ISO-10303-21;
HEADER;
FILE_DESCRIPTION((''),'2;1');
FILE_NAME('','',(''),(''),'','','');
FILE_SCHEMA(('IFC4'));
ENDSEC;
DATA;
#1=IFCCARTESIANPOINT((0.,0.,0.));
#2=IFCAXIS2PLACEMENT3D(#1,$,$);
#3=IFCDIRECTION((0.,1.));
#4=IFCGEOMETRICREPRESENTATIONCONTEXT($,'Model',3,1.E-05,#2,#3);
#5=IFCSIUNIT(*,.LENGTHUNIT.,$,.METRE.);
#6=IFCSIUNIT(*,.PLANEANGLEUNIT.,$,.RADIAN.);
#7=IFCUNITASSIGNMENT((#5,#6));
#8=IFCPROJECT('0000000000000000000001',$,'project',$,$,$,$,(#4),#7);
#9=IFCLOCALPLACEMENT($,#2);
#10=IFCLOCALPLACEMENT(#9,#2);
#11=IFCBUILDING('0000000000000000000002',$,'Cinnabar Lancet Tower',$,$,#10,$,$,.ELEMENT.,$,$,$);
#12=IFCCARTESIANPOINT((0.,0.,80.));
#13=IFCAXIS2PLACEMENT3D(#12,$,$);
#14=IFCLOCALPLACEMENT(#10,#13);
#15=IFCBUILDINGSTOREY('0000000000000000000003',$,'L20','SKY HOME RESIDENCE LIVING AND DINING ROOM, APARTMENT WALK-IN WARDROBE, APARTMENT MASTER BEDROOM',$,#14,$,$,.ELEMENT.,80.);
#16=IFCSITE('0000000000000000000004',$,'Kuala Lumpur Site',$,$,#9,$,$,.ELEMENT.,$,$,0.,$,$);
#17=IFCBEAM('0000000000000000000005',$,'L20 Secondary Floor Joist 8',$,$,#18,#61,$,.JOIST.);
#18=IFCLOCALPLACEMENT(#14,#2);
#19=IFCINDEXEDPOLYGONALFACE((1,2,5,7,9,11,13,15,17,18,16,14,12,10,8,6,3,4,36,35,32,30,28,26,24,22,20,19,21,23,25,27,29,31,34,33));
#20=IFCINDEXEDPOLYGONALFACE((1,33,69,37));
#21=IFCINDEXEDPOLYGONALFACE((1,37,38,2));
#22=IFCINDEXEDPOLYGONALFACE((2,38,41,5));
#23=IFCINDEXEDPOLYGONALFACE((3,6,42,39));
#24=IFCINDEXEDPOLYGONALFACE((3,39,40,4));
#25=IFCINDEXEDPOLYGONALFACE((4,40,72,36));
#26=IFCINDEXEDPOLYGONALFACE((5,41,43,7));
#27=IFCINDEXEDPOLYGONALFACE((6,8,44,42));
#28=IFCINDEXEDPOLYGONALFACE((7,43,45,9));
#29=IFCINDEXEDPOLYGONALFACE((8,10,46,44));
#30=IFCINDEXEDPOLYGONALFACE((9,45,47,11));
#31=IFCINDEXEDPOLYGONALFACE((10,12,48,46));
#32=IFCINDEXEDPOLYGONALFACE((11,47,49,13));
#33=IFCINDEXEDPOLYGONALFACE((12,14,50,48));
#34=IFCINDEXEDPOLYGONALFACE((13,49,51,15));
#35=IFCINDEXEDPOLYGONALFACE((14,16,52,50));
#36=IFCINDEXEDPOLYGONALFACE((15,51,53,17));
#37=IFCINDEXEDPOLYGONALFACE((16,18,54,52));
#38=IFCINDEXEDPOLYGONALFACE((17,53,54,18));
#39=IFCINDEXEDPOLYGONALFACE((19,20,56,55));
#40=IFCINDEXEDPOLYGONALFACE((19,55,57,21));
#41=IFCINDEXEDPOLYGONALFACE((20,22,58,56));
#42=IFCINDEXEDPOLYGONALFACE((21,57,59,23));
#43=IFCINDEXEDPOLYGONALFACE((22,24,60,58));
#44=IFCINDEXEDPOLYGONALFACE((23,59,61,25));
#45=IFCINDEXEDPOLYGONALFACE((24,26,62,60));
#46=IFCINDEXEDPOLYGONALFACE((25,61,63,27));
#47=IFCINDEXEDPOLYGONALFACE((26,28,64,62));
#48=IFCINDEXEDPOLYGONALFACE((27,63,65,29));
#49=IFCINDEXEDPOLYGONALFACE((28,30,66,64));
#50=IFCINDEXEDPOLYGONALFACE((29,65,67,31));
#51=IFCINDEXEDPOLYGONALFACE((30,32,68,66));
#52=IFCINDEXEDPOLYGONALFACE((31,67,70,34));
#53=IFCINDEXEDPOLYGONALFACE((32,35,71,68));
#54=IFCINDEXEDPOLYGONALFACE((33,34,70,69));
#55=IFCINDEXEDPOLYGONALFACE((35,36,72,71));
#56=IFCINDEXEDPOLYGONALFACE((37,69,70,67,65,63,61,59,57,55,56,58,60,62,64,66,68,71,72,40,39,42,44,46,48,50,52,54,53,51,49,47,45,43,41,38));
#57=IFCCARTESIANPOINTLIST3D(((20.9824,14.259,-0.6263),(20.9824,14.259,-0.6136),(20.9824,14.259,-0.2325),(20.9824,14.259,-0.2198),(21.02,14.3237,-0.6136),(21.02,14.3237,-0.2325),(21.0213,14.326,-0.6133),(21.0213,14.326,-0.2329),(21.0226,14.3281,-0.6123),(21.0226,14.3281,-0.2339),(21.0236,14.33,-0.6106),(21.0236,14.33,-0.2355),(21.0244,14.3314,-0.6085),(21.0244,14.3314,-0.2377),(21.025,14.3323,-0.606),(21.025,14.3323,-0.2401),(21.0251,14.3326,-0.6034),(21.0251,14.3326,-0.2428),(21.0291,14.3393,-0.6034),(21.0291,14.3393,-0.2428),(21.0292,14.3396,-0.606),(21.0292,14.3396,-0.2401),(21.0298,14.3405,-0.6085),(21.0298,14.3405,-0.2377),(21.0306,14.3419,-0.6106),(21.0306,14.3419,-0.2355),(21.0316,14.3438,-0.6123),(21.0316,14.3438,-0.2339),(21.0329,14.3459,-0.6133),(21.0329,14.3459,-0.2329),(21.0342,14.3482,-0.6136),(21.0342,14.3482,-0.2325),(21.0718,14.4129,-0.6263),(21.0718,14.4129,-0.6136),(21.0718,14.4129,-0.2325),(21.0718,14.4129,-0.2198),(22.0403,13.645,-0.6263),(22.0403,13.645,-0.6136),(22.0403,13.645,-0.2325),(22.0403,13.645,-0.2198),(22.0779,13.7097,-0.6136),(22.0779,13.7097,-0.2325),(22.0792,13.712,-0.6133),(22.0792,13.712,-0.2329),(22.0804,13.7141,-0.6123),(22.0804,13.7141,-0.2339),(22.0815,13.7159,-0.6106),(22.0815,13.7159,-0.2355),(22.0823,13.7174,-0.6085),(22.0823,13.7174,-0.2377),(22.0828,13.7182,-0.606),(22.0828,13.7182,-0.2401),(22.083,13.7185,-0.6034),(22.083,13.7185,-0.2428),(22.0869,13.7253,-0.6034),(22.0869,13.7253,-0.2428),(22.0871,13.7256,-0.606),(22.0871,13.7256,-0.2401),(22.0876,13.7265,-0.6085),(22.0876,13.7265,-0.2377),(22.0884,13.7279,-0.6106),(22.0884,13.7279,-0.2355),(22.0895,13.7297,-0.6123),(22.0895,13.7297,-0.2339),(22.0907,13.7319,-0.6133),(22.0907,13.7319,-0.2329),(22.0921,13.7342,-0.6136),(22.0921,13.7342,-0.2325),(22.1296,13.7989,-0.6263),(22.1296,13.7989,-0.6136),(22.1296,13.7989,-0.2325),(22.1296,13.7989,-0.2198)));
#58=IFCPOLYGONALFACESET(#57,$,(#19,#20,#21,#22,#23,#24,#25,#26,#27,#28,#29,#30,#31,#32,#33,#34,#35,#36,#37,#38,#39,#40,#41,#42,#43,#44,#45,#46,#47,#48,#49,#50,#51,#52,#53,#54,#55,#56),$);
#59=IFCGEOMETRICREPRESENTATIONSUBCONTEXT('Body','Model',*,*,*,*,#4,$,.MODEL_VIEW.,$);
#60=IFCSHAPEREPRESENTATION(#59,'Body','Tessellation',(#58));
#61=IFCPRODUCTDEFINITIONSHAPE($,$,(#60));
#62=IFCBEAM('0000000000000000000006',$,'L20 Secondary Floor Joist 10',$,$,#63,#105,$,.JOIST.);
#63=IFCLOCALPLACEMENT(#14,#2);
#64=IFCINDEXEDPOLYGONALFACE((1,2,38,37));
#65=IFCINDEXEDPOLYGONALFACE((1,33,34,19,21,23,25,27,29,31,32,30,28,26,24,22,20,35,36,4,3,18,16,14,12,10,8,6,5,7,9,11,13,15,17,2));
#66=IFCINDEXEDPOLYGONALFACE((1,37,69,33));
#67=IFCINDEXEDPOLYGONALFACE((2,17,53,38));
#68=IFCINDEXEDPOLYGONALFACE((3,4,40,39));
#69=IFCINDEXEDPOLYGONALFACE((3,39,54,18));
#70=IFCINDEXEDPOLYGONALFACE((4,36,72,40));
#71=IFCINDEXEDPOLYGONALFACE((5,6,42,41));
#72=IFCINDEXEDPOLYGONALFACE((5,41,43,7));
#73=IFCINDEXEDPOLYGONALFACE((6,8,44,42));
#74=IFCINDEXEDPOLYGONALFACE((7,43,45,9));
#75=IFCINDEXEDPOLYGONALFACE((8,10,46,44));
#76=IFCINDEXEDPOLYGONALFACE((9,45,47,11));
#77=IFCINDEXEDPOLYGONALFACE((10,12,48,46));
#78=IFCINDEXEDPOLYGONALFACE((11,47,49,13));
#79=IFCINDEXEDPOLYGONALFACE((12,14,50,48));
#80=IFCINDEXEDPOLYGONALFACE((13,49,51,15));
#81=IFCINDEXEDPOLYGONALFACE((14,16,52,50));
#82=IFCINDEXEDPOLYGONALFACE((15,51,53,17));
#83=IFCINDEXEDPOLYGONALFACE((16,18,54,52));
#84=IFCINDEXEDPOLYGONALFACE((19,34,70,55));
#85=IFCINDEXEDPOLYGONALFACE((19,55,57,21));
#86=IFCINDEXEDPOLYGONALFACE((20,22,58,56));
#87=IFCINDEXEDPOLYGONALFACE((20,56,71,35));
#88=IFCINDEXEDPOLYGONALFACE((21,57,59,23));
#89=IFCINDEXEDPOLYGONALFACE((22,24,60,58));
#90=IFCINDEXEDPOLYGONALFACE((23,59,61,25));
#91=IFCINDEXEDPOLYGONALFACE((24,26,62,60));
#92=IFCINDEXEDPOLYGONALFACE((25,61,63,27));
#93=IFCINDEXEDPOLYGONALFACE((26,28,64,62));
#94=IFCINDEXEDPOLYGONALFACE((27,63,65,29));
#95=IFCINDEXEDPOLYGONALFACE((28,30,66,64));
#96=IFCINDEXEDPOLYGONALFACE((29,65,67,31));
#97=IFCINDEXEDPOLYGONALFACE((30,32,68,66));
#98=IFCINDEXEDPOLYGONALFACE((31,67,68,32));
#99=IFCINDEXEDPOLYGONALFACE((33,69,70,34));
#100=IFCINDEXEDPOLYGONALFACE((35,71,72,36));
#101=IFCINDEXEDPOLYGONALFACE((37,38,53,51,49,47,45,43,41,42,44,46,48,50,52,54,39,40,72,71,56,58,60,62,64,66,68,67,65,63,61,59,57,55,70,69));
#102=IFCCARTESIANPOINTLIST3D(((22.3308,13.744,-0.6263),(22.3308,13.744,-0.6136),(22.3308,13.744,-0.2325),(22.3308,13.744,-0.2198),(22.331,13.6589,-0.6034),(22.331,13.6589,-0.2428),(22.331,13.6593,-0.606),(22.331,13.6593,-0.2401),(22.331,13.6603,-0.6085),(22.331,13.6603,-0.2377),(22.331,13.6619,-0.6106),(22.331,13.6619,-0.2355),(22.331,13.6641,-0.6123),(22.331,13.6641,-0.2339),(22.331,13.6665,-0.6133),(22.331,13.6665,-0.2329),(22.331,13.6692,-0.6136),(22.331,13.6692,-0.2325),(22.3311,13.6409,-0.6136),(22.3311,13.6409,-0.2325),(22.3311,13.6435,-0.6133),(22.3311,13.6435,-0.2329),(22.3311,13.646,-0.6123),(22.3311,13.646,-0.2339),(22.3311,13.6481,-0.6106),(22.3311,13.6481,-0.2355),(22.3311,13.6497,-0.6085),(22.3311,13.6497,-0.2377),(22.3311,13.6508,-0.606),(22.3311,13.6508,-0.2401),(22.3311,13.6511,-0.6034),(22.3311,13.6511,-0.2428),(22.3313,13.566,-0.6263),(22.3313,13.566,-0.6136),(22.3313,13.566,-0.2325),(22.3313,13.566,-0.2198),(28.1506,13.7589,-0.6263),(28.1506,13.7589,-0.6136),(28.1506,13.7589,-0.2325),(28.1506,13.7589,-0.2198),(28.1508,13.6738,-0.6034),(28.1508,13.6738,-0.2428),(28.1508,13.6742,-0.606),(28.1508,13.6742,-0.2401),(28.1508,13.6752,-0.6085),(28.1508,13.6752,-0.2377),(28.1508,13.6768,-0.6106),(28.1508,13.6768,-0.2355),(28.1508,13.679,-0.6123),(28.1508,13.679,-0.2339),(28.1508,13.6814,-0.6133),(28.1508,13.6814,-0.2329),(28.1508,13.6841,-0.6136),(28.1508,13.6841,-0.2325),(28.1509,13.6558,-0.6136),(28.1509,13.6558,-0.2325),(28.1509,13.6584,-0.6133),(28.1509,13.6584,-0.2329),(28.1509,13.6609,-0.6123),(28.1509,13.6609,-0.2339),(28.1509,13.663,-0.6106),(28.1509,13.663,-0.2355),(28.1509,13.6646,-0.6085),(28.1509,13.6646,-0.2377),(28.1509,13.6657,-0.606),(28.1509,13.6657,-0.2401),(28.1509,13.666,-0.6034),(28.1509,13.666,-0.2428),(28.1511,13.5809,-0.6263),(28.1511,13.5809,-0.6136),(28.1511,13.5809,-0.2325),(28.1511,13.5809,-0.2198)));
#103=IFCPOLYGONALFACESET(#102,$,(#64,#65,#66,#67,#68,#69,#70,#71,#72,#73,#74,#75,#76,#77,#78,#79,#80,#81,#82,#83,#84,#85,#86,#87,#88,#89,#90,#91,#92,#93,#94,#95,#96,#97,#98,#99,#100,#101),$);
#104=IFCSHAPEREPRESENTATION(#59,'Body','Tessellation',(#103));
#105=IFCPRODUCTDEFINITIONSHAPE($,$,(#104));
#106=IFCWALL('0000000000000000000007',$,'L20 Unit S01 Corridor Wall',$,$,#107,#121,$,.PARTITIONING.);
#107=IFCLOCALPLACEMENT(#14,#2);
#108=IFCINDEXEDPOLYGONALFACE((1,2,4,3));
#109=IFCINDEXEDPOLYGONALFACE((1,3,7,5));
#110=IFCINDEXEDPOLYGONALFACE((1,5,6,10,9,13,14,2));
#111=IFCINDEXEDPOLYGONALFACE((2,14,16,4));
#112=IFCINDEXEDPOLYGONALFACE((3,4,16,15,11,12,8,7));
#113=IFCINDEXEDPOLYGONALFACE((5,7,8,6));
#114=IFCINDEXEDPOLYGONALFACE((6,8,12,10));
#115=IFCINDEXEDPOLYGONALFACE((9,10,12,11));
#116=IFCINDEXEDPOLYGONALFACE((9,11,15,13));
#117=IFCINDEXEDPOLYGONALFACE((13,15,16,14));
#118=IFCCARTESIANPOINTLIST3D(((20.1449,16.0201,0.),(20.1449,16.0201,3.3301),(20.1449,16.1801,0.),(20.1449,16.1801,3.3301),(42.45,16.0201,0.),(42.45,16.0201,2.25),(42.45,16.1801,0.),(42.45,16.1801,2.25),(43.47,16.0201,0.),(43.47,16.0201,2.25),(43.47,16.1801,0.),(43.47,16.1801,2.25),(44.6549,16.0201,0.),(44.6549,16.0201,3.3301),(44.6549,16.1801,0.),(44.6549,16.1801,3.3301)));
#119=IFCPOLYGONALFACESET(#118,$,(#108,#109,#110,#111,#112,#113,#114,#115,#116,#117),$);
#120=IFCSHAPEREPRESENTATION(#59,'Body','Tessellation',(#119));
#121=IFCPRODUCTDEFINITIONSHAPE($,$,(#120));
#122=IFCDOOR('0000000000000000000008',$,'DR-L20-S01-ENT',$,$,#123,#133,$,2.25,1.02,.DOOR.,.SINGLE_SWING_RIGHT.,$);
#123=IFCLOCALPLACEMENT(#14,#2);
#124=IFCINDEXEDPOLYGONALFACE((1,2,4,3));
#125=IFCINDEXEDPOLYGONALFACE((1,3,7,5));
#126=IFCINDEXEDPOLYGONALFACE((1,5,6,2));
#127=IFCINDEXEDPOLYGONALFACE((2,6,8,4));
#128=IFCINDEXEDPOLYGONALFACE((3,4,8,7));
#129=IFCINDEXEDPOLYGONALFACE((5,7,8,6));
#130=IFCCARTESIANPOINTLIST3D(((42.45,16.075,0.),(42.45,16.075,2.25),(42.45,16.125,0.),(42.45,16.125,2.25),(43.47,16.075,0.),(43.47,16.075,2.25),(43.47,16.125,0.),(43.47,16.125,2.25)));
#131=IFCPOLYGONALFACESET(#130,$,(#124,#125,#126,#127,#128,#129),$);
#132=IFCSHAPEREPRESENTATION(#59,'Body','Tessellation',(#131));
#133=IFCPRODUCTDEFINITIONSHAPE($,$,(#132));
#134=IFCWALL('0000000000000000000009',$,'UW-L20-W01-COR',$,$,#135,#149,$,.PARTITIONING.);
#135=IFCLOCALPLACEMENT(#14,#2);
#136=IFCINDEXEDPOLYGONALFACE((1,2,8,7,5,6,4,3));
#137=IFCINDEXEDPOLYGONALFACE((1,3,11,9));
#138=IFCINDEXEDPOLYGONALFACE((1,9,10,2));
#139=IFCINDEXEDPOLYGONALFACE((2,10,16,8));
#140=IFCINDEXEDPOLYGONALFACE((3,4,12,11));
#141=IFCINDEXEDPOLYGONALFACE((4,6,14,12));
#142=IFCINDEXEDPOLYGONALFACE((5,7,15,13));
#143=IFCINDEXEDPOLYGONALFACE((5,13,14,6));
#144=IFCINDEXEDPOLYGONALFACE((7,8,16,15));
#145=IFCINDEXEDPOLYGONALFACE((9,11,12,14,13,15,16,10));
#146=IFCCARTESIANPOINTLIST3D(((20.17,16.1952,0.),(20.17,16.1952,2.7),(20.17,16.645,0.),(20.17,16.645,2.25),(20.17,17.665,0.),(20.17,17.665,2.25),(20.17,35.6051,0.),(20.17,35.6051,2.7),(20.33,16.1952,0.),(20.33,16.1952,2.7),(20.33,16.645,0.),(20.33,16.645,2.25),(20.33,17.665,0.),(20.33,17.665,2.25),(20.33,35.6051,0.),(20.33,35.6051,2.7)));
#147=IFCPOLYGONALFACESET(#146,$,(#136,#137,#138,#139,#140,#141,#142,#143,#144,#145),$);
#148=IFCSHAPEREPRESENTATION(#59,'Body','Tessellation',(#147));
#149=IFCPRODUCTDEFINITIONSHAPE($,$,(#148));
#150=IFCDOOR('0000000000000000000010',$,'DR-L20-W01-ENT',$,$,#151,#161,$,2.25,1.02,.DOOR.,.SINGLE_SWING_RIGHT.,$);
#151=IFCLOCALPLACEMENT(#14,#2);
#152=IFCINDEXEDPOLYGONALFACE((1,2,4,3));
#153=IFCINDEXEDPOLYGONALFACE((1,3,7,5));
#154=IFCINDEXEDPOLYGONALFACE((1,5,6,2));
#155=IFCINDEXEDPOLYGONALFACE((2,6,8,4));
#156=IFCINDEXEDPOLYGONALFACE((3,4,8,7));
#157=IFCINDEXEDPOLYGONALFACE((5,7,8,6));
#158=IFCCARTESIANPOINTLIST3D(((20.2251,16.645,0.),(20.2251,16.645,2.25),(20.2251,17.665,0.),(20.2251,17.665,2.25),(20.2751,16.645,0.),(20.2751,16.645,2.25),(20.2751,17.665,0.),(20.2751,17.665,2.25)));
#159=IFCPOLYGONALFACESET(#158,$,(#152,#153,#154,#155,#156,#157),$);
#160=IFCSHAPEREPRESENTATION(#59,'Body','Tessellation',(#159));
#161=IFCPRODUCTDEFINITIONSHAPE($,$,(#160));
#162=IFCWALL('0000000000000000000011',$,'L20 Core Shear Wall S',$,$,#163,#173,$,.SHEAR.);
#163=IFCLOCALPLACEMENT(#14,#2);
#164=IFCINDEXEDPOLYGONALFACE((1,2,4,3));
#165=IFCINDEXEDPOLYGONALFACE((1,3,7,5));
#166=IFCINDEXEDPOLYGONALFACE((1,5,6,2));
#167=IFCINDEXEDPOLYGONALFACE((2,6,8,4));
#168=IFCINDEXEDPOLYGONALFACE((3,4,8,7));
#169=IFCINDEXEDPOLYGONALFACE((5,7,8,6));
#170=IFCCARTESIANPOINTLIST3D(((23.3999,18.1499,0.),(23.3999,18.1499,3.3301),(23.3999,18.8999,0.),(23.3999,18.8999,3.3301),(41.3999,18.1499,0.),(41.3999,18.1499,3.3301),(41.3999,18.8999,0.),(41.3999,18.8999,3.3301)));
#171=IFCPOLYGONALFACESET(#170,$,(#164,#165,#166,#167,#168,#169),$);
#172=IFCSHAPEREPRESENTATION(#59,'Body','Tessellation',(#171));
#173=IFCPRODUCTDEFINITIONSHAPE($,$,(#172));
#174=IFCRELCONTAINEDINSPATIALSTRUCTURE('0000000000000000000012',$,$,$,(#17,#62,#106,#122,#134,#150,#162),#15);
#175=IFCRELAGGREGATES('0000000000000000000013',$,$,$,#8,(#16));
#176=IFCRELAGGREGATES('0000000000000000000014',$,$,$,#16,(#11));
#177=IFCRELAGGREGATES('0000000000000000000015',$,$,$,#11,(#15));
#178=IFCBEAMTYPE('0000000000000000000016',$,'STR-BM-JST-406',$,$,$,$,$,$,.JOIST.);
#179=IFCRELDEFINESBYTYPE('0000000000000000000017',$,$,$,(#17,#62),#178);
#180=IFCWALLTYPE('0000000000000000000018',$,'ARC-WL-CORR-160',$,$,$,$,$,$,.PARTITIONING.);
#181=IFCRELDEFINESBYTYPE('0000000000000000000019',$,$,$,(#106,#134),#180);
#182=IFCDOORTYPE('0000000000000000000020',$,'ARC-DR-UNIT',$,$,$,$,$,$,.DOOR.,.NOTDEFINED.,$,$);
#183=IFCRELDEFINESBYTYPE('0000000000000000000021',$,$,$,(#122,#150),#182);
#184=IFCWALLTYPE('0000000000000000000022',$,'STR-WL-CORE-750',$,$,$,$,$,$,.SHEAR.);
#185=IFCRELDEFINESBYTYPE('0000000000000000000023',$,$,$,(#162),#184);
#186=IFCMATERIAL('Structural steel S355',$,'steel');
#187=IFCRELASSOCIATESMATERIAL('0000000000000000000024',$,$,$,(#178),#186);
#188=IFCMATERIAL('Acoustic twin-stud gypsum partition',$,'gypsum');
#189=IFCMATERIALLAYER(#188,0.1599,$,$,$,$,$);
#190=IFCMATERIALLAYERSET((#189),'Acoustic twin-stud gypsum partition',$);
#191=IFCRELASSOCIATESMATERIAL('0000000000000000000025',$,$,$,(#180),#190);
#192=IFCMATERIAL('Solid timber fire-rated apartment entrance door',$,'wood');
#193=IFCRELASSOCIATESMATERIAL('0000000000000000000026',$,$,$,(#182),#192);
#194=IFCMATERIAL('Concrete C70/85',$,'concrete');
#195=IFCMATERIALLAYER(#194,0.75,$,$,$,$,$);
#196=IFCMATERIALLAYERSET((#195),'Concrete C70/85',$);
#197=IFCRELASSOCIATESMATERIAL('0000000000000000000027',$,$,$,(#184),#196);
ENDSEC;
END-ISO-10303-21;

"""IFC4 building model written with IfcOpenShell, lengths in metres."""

from ifc_helpers import new_model, si_unit, direction, frame, frame_2d, origin, origin_2d, place, context, subcontext, project, spatial, rectangle, i_section, extrude, material, layer, layer_set, material_profile, profile_set, type_object, element, fill, save


model = new_model("IFC4")

# Units and contexts
model_context = context("Model", 3, precision=1e-05, world=origin(), true_north=direction((0.0, 1.0)))
body_context = subcontext(model_context, "Body", "Model", "MODEL_VIEW")
ifc_project = project(units=[si_unit("LENGTHUNIT", "METRE"), si_unit("PLANEANGLEUNIT", "RADIAN")], contexts=[model_context])

# Site, building, storey
site_placement = place(None, origin())
site = spatial("IfcSite", under=ifc_project, at=site_placement, Name="Kuala Lumpur Site", CompositionType="ELEMENT", RefElevation=0.0)
building_placement = place(site_placement, origin())
building = spatial("IfcBuilding", under=site, at=building_placement, Name="Cinnabar Lancet Tower", CompositionType="ELEMENT")
storey_placement = place(building_placement, frame((0.0, 0.0, 80.0)))
storey = spatial("IfcBuildingStorey", under=building, at=storey_placement, Name="L20", Description="SKY HOME RESIDENCE LIVING AND DINING ROOM, APARTMENT WALK-IN WARDROBE, APARTMENT MASTER BEDROOM", CompositionType="ELEMENT", Elevation=80.0)

# Beams
ifc_material_1 = material(Name="Structural steel S355", Category="steel")
ifc_material_profile_1 = material_profile(ifc_material_1, i_section(OverallWidth=0.178, OverallDepth=0.4065, WebThickness=0.0078, FlangeThickness=0.0127, FilletRadius=0.0103, at=origin_2d()), Name="UKB 406x178x60")
ifc_profile_set_1 = profile_set([ifc_material_profile_1], Name="Structural steel S355")
beam_type = type_object("IfcBeamType", Name="STR-BM-JST-406", PredefinedType="JOIST", material=ifc_profile_set_1)
beam_1_placement = place(storey_placement, frame((21.0271, 14.3359, -0.4231), z_axis=(0.86487, -0.501996, 0.0), x_axis=(0.501996, 0.86487, 0.0)))
element("IfcBeam", 1, at=beam_1_placement, inside=storey, type_object=beam_type, Name="L20 Secondary Floor Joist 8", PredefinedType="JOIST", context=body_context, shape_type="SweptSolid", body=[
    extrude(i_section(OverallWidth=0.178, OverallDepth=0.4065, WebThickness=0.0078, FlangeThickness=0.0127, FilletRadius=0.0103, at=origin_2d()), origin(), (0.0, 0.0, 1.0), 1.2231),
])
beam_2_placement = place(storey_placement, frame((22.3311, 13.655, -0.4231), z_axis=(0.999997, 0.002559, 0.0), x_axis=(-0.002559, 0.999997, 0.0)))
element("IfcBeam", 2, at=beam_2_placement, inside=storey, type_object=beam_type, Name="L20 Secondary Floor Joist 10", PredefinedType="JOIST", context=body_context, shape_type="SweptSolid", body=[
    extrude(i_section(OverallWidth=0.178, OverallDepth=0.4065, WebThickness=0.0078, FlangeThickness=0.0127, FilletRadius=0.0103, at=origin_2d()), origin(), (0.0, 0.0, 1.0), 5.8198),
])

# Walls, openings, doors
ifc_material_2 = material(Name="Acoustic twin-stud gypsum partition", Category="gypsum")
ifc_layer_1 = layer(ifc_material_2, 0.1599)
ifc_layer_set_1 = layer_set([ifc_layer_1], Name="Acoustic twin-stud gypsum partition")
wall_type_1 = type_object("IfcWallType", Name="ARC-WL-CORR-160", PredefinedType="PARTITIONING", material=ifc_layer_set_1)
wall_1_placement = place(storey_placement, frame((20.145, 16.1001, 0.0), z_axis=(0.0, 0.0, 1.0), x_axis=(1.0, 0.0, 0.0)))
wall_1 = element("IfcWall", 3, at=wall_1_placement, inside=storey, type_object=wall_type_1, Name="L20 Unit S01 Corridor Wall", PredefinedType="PARTITIONING", context=body_context, shape_type="SweptSolid", body=[
    extrude(rectangle(XDim=24.51, YDim=0.1599, at=frame_2d((12.2549, 0.0))), origin(), (0.0, 0.0, 1.0), 3.3301),
])
opening_1_placement = place(wall_1_placement, frame((22.3049, 0.0, 0.0)))
opening_1 = element("IfcOpeningElement", 4, at=opening_1_placement, cuts=wall_1, PredefinedType="OPENING", context=body_context, shape_type="SweptSolid", body=[
    extrude(rectangle(XDim=1.02, YDim=2.25, at=frame_2d((0.51, 1.125))), frame((0.0, 0.0898, 0.0), z_axis=(0.0, -1.0, 0.0), x_axis=(1.0, 0.0, 0.0)), (0.0, 0.0, 1.0), 0.1799),
])
ifc_material_3 = material(Name="Solid timber fire-rated apartment entrance door", Category="wood")
door_type_1 = type_object("IfcDoorType", Name="ARC-DR-UNIT", OperationType="NOTDEFINED", PredefinedType="DOOR", material=ifc_material_3)
door_1_placement = place(opening_1_placement, origin())
door_1 = element("IfcDoor", 5, at=door_1_placement, inside=storey, type_object=door_type_1, Name="DR-L20-S01-ENT", OperationType="SINGLE_SWING_RIGHT", OverallHeight=2.25, OverallWidth=1.02, PredefinedType="DOOR", context=body_context, shape_type="SweptSolid", body=[
    extrude(rectangle(XDim=1.02, YDim=2.25, at=frame_2d((0.51, 1.125))), frame((0.0, 0.0249, 0.0), z_axis=(0.0, -1.0, 0.0), x_axis=(1.0, 0.0, 0.0)), (0.0, 0.0, 1.0), 0.05),
])
fill(opening_1, door_1)
wall_2_placement = place(storey_placement, frame((20.25, 16.1951, 0.0), z_axis=(0.0, 0.0, 1.0), x_axis=(0.0, 1.0, 0.0)))
wall_2 = element("IfcWall", 6, at=wall_2_placement, inside=storey, type_object=wall_type_1, Name="UW-L20-W01-COR", PredefinedType="PARTITIONING", context=body_context, shape_type="SweptSolid", body=[
    extrude(rectangle(XDim=19.4099, YDim=0.1599, at=frame_2d((9.7051, 0.0))), origin(), (0.0, 0.0, 1.0), 2.7),
])
opening_2_placement = place(wall_2_placement, frame((0.45, 0.0, 0.0)))
opening_2 = element("IfcOpeningElement", 7, at=opening_2_placement, cuts=wall_2, PredefinedType="OPENING", context=body_context, shape_type="SweptSolid", body=[
    extrude(rectangle(XDim=1.02, YDim=2.25, at=frame_2d((0.51, 1.125))), frame((0.0, 0.0898, 0.0), z_axis=(0.0, -1.0, 0.0), x_axis=(1.0, 0.0, 0.0)), (0.0, 0.0, 1.0), 0.1799),
])
door_2_placement = place(opening_2_placement, origin())
door_2 = element("IfcDoor", 8, at=door_2_placement, inside=storey, type_object=door_type_1, Name="DR-L20-W01-ENT", OperationType="SINGLE_SWING_RIGHT", OverallHeight=2.25, OverallWidth=1.02, PredefinedType="DOOR", context=body_context, shape_type="SweptSolid", body=[
    extrude(rectangle(XDim=1.02, YDim=2.25, at=frame_2d((0.51, 1.125))), frame((0.0, 0.0249, 0.0), z_axis=(0.0, -1.0, 0.0), x_axis=(1.0, 0.0, 0.0)), (0.0, 0.0, 1.0), 0.05),
])
fill(opening_2, door_2)

# Wall
ifc_material_4 = material(Name="Concrete C70/85", Category="concrete")
ifc_layer_2 = layer(ifc_material_4, 0.75)
ifc_layer_set_2 = layer_set([ifc_layer_2], Name="Concrete C70/85")
wall_type_2 = type_object("IfcWallType", Name="STR-WL-CORE-750", PredefinedType="SHEAR", material=ifc_layer_set_2)
wall_3_placement = place(storey_placement, frame((23.3999, 18.5249, 0.0), z_axis=(0.0, 0.0, 1.0), x_axis=(1.0, 0.0, 0.0)))
element("IfcWall", 9, at=wall_3_placement, inside=storey, type_object=wall_type_2, Name="L20 Core Shear Wall S", PredefinedType="SHEAR", context=body_context, shape_type="SweptSolid", body=[
    extrude(rectangle(XDim=18.0, YDim=0.75, at=frame_2d((9.0, 0.0))), origin(), (0.0, 0.0, 1.0), 3.3301),
])

save(model, "model.ifc")
